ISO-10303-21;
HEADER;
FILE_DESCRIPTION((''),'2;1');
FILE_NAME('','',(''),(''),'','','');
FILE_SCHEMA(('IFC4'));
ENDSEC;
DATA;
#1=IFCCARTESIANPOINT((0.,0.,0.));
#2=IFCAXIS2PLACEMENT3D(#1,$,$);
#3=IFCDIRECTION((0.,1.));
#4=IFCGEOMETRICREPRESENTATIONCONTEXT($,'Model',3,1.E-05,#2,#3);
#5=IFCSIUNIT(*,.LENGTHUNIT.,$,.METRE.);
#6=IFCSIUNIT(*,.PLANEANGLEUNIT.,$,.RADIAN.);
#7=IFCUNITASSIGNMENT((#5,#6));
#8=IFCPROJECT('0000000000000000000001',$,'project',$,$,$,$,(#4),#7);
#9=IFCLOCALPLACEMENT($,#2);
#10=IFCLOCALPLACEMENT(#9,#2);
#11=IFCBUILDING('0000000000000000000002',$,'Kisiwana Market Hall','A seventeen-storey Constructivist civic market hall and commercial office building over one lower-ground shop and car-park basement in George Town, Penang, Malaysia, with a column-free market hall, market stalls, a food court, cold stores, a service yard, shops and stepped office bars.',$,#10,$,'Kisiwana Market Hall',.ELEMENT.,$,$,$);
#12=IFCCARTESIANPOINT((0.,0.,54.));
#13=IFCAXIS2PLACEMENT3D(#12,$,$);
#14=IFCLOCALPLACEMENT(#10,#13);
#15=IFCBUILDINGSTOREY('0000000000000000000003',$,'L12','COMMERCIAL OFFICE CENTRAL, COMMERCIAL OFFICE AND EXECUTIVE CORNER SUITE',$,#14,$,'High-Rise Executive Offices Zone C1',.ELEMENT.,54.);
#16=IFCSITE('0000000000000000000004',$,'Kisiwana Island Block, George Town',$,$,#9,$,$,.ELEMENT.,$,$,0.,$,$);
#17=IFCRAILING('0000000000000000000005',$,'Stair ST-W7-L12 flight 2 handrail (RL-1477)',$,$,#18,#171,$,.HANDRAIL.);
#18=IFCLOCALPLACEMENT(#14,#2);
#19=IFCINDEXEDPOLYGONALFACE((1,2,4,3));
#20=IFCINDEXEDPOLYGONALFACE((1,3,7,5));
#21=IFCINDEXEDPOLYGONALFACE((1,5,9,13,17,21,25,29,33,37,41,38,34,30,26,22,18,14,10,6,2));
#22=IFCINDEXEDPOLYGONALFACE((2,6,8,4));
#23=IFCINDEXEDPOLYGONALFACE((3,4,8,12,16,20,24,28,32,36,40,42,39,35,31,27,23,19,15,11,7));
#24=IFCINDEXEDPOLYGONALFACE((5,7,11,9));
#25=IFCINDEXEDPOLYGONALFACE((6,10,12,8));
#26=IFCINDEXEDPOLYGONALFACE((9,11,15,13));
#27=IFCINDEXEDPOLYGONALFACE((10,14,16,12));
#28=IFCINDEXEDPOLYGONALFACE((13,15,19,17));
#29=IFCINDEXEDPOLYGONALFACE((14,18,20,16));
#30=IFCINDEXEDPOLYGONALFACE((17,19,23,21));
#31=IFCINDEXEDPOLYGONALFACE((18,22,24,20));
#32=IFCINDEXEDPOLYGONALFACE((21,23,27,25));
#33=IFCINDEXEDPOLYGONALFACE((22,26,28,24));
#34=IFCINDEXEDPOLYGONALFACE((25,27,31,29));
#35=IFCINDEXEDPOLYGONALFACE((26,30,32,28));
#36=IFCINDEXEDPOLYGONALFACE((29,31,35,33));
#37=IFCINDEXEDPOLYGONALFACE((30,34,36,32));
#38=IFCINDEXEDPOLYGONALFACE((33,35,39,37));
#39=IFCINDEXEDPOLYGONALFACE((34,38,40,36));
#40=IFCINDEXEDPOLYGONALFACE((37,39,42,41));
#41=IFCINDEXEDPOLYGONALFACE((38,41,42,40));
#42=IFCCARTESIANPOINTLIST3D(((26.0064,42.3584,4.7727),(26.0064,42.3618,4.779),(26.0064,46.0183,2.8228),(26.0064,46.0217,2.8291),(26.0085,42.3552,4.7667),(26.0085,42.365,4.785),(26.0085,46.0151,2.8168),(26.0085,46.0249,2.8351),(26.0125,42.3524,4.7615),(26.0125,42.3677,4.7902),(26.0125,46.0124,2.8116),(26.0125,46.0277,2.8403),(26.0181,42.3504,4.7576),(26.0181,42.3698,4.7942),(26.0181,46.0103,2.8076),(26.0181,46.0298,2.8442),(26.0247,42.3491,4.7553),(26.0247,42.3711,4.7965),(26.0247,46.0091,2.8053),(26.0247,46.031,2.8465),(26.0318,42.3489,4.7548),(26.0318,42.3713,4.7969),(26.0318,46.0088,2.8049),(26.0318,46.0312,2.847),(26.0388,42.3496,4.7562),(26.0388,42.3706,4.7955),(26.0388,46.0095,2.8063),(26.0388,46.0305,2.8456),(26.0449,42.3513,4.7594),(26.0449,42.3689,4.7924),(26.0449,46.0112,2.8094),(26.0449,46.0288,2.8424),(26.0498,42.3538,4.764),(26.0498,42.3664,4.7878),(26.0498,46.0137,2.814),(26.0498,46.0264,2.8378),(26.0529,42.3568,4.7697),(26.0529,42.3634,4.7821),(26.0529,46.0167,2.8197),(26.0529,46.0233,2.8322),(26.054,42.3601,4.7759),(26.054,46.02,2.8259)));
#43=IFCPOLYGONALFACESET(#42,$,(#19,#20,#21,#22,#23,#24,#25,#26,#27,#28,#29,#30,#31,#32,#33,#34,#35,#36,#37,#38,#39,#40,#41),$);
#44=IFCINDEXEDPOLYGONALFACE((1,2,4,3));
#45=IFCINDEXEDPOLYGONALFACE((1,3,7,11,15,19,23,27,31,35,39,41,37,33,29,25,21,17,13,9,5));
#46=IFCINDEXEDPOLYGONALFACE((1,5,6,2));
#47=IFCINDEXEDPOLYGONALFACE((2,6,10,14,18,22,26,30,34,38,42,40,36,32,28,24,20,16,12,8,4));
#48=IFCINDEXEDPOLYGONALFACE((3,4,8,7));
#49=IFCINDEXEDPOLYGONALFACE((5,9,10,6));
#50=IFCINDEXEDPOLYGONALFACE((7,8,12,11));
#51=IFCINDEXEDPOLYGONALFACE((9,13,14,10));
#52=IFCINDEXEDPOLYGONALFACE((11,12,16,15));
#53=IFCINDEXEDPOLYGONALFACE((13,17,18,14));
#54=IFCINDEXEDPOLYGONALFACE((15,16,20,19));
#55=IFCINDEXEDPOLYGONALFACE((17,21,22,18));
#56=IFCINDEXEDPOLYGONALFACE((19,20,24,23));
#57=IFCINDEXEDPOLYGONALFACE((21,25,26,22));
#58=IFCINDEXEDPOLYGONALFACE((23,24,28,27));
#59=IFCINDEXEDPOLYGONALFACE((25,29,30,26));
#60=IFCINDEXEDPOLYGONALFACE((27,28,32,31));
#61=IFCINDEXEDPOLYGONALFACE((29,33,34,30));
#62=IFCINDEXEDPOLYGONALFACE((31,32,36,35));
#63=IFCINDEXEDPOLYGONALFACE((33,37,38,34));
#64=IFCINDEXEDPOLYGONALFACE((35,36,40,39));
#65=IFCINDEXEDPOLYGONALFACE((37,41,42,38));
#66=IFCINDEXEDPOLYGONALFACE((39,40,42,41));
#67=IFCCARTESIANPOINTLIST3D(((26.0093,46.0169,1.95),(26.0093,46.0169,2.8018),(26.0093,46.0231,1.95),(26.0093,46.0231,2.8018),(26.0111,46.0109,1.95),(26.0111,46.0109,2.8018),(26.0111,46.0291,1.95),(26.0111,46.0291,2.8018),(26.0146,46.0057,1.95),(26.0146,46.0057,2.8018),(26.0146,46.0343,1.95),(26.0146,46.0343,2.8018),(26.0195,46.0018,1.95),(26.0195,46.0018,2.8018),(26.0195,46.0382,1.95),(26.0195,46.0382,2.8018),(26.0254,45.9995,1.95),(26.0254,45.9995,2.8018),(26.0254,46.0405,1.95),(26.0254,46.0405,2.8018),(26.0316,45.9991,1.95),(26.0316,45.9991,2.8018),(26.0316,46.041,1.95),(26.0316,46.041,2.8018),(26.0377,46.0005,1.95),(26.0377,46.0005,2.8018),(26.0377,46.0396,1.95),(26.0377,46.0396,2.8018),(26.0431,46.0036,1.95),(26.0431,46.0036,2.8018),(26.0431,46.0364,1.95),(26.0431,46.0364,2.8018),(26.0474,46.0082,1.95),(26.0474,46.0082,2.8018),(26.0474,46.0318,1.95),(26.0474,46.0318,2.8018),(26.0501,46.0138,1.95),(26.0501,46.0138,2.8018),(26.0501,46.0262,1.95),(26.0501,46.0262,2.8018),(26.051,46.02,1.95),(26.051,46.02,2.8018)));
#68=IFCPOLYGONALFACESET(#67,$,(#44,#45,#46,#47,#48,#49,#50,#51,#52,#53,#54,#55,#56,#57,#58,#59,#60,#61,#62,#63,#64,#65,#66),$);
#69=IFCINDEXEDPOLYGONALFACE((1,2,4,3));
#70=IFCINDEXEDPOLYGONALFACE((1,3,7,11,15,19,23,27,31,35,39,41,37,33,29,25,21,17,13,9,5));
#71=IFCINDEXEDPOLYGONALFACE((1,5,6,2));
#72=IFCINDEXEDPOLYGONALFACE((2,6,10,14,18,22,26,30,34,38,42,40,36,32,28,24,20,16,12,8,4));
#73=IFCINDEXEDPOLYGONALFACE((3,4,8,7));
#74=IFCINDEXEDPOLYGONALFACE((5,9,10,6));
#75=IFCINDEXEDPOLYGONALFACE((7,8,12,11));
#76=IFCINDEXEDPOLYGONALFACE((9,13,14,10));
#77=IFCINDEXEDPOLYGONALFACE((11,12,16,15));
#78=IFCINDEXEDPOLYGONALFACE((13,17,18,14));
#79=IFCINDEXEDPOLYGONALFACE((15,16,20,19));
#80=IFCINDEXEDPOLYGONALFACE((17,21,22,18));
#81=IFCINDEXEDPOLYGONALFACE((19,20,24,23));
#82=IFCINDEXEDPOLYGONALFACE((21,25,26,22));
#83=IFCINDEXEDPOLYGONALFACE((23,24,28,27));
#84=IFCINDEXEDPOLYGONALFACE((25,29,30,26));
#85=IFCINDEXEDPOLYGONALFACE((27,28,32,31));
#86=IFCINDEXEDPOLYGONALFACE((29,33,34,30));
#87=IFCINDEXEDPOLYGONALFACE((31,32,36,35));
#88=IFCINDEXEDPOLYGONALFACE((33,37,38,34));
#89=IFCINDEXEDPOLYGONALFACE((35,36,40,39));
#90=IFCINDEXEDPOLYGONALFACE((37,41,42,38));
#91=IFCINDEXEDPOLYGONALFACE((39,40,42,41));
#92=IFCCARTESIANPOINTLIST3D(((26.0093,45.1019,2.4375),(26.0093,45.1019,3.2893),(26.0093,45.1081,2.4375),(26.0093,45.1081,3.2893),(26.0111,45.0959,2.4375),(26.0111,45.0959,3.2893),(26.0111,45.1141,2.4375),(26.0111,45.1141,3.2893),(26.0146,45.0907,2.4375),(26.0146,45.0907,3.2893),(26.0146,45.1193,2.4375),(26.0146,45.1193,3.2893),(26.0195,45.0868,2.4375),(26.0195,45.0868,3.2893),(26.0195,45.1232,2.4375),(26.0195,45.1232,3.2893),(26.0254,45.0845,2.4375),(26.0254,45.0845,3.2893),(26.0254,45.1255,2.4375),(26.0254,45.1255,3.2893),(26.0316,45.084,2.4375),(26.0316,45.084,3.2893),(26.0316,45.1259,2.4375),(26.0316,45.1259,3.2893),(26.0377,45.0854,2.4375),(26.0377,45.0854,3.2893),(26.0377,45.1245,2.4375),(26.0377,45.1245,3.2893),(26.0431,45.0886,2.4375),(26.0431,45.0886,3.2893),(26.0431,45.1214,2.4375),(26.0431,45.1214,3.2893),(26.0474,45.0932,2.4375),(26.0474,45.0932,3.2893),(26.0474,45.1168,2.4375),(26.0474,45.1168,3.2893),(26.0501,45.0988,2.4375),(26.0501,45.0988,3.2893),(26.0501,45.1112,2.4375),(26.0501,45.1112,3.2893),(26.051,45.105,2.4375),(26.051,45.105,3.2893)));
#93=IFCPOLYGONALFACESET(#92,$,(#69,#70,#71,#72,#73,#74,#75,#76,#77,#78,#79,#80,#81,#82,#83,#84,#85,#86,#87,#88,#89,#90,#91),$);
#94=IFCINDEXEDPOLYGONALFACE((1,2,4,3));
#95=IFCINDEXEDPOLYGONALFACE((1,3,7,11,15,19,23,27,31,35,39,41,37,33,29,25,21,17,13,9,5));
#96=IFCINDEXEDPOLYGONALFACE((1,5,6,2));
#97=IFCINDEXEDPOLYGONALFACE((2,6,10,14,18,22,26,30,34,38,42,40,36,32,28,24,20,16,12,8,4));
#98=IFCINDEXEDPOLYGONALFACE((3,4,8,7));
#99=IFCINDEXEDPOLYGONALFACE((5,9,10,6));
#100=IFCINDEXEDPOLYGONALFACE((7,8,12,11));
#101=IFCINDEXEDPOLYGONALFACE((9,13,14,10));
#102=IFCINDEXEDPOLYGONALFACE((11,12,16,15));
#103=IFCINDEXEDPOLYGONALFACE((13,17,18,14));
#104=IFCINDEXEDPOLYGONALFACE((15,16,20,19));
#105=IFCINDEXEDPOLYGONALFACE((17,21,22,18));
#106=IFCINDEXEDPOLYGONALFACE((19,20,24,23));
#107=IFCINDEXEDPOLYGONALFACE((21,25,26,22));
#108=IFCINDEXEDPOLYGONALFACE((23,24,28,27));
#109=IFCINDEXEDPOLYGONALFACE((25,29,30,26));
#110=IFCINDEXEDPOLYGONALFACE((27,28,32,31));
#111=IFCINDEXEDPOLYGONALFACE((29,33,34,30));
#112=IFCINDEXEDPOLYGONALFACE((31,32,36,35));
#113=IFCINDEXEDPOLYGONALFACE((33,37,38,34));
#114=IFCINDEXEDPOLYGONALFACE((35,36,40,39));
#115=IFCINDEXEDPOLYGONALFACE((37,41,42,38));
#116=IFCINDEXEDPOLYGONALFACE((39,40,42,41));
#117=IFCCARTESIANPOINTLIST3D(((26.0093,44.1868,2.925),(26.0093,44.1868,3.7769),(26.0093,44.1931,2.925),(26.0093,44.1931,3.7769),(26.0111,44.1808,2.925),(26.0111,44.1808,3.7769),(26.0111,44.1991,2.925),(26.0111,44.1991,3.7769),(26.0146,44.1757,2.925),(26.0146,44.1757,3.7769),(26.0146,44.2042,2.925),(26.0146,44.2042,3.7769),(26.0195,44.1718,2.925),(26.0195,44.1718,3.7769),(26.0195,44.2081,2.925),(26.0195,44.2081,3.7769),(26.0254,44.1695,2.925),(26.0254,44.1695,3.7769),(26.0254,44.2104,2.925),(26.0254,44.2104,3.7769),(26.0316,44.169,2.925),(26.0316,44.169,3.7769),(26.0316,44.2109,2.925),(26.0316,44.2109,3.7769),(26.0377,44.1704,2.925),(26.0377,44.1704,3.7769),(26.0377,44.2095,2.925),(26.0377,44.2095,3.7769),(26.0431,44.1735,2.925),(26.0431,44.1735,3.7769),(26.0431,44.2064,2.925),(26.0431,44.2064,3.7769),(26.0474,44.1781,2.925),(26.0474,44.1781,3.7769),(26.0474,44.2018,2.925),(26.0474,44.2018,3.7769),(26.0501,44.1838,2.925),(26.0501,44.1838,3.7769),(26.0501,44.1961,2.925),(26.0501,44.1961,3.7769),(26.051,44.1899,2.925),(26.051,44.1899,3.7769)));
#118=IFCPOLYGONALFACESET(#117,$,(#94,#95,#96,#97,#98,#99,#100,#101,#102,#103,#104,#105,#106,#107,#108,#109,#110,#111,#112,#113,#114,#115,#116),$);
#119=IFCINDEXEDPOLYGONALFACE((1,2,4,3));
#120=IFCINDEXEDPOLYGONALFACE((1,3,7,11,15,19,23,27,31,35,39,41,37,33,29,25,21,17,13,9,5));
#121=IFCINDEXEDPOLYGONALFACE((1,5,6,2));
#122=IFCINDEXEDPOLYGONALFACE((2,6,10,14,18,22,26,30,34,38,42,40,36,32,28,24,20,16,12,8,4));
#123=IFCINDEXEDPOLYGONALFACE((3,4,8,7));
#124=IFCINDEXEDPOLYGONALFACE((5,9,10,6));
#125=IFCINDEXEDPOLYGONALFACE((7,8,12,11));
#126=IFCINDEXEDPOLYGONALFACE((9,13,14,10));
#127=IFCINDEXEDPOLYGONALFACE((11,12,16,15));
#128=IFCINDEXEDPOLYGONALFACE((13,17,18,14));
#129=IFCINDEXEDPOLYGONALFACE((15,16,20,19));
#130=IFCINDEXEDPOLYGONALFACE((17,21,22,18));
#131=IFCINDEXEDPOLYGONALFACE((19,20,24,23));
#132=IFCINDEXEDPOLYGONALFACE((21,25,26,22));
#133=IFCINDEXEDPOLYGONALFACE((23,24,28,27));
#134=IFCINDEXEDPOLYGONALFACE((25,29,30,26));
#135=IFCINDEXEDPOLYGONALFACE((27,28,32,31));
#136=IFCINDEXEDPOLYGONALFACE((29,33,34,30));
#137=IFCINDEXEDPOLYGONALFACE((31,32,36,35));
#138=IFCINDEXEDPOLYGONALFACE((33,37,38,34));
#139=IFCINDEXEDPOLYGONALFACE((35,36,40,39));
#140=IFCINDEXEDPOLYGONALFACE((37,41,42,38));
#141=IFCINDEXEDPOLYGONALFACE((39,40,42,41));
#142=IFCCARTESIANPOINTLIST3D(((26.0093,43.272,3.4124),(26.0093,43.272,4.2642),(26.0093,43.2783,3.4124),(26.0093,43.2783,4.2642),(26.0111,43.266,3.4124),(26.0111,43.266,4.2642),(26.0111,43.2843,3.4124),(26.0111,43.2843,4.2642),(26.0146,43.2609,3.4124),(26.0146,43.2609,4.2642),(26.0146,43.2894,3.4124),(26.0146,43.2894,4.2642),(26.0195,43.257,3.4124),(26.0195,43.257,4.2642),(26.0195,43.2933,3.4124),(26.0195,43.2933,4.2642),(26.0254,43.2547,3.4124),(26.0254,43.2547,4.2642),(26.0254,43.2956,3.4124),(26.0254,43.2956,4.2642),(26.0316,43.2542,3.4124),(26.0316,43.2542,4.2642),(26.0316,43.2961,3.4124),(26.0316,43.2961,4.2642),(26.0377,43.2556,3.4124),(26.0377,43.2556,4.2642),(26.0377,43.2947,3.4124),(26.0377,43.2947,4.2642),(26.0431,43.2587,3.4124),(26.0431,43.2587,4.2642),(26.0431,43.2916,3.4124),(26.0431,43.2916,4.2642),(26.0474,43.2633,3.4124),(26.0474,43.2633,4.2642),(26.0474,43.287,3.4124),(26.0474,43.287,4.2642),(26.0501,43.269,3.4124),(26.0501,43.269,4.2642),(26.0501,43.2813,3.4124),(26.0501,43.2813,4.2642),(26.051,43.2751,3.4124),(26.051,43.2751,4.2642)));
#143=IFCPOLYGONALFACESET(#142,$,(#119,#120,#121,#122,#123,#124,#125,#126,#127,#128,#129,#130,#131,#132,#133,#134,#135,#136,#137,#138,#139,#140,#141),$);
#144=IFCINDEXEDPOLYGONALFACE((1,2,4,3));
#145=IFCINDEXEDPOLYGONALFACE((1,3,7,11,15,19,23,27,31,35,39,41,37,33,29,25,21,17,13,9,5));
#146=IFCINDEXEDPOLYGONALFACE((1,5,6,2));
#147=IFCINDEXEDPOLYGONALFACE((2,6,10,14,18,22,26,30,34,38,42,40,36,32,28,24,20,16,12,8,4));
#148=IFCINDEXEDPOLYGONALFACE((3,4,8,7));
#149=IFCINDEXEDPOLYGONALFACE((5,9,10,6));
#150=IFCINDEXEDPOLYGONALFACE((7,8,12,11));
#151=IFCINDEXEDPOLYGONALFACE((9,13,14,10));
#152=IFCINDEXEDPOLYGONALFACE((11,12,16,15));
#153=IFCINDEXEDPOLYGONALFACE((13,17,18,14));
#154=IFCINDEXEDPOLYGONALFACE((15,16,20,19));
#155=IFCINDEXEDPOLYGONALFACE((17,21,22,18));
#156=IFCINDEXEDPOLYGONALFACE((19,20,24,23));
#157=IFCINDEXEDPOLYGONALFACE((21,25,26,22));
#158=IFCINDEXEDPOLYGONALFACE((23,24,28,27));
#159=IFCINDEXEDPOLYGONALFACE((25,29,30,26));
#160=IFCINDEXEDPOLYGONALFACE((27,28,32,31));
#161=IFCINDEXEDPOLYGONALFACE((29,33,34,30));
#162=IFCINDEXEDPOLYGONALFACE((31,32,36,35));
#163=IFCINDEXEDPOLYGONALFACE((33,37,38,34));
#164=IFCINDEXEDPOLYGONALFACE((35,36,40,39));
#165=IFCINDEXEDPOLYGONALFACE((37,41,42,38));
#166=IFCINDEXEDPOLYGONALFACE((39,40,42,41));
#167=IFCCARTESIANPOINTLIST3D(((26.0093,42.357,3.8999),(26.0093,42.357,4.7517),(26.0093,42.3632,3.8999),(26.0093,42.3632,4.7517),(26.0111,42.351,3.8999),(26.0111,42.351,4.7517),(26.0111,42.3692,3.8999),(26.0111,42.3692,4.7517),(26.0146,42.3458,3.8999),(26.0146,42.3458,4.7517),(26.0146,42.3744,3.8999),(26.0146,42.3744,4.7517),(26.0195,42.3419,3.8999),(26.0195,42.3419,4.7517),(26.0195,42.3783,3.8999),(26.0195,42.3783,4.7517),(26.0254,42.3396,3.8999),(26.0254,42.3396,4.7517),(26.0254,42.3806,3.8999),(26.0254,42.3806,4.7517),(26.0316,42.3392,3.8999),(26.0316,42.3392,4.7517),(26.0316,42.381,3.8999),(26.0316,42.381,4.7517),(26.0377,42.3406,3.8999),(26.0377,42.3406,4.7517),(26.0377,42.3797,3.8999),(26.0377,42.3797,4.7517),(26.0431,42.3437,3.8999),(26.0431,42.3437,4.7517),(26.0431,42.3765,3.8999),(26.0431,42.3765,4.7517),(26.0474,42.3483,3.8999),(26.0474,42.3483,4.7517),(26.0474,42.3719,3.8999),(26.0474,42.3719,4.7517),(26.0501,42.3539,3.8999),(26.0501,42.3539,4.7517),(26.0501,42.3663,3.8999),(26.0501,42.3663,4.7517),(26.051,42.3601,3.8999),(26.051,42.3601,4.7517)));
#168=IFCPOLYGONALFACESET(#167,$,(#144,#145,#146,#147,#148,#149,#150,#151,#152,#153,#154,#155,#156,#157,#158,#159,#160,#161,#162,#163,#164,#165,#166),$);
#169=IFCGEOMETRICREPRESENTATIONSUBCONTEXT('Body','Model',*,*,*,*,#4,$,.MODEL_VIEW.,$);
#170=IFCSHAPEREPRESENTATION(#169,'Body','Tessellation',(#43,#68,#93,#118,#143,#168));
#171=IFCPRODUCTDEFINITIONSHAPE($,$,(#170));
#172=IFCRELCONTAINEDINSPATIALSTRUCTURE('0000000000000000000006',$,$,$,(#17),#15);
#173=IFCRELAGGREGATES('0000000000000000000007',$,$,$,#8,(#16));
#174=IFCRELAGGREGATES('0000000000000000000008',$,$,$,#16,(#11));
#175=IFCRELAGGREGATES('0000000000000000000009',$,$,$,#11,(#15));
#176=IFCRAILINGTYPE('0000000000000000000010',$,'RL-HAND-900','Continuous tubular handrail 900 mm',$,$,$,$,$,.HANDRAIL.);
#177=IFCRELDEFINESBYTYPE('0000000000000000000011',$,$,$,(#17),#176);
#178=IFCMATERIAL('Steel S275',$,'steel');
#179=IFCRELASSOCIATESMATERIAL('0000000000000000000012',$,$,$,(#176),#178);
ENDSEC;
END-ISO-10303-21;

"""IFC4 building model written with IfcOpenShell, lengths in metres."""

from ifc_helpers import new_model, si_unit, direction, frame, origin, origin_2d, place, context, subcontext, project, spatial, circle, extrude, material, type_object, element, save


model = new_model("IFC4")

# Units and contexts
model_context = context("Model", 3, precision=1e-05, world=origin(), true_north=direction((0.0, 1.0)))
body_context = subcontext(model_context, "Body", "Model", "MODEL_VIEW")
ifc_project = project(units=[si_unit("LENGTHUNIT", "METRE"), si_unit("PLANEANGLEUNIT", "RADIAN")], contexts=[model_context])

# Site, building, storey
site_placement = place(None, origin())
site = spatial("IfcSite", under=ifc_project, at=site_placement, Name="Kisiwana Island Block, George Town", CompositionType="ELEMENT", RefElevation=0.0)
building_placement = place(site_placement, origin())
building = spatial("IfcBuilding", under=site, at=building_placement, Name="Kisiwana Market Hall", Description="A seventeen-storey Constructivist civic market hall and commercial office building over one lower-ground shop and car-park basement in George Town, Penang, Malaysia, with a column-free market hall, market stalls, a food court, cold stores, a service yard, shops and stepped office bars.", LongName="Kisiwana Market Hall", CompositionType="ELEMENT")
storey_placement = place(building_placement, frame((0.0, 0.0, 54.0)))
storey = spatial("IfcBuildingStorey", under=building, at=storey_placement, Name="L12", Description="COMMERCIAL OFFICE CENTRAL, COMMERCIAL OFFICE AND EXECUTIVE CORNER SUITE", LongName="High-Rise Executive Offices Zone C1", CompositionType="ELEMENT", Elevation=54.0)

# Railing
ifc_material_1 = material(Name="Steel S275", Category="steel")
railing_type_1 = type_object("IfcRailingType", Name="RL-HAND-900", Description="Continuous tubular handrail 900 mm", PredefinedType="HANDRAIL", material=ifc_material_1)
railing_1_placement = place(storey_placement, frame((26.03, 46.02, 1.95)))
element("IfcRailing", 1, at=railing_1_placement, inside=storey, type_object=railing_type_1, Name="Stair ST-W7-L12 flight 2 handrail (RL-1477)", PredefinedType="HANDRAIL", context=body_context, shape_type="SweptSolid", body=[
    extrude(circle(Radius=0.0239, at=origin_2d()), frame((0.0, 0.0, 0.876), z_axis=(0.0, -0.882553, 0.470212), x_axis=(1.0, 0.0, 0.0)), (0.0, 0.0, 1.0), 4.147),
    extrude(circle(Radius=0.021, at=origin_2d()), origin(), (0.0, 0.0, 1.0), 0.8518),
    extrude(circle(Radius=0.021, at=origin_2d()), frame((0.0, -0.915, 0.4875)), (0.0, 0.0, 1.0), 0.8518),
    extrude(circle(Radius=0.021, at=origin_2d()), frame((0.0, -1.8301, 0.9751)), (0.0, 0.0, 1.0), 0.8518),
    extrude(circle(Radius=0.021, at=origin_2d()), frame((0.0, -2.7449, 1.4624)), (0.0, 0.0, 1.0), 0.8518),
    extrude(circle(Radius=0.021, at=origin_2d()), frame((0.0, -3.6599, 1.95)), (0.0, 0.0, 1.0), 0.8518),
])

save(model, "model.ifc")
